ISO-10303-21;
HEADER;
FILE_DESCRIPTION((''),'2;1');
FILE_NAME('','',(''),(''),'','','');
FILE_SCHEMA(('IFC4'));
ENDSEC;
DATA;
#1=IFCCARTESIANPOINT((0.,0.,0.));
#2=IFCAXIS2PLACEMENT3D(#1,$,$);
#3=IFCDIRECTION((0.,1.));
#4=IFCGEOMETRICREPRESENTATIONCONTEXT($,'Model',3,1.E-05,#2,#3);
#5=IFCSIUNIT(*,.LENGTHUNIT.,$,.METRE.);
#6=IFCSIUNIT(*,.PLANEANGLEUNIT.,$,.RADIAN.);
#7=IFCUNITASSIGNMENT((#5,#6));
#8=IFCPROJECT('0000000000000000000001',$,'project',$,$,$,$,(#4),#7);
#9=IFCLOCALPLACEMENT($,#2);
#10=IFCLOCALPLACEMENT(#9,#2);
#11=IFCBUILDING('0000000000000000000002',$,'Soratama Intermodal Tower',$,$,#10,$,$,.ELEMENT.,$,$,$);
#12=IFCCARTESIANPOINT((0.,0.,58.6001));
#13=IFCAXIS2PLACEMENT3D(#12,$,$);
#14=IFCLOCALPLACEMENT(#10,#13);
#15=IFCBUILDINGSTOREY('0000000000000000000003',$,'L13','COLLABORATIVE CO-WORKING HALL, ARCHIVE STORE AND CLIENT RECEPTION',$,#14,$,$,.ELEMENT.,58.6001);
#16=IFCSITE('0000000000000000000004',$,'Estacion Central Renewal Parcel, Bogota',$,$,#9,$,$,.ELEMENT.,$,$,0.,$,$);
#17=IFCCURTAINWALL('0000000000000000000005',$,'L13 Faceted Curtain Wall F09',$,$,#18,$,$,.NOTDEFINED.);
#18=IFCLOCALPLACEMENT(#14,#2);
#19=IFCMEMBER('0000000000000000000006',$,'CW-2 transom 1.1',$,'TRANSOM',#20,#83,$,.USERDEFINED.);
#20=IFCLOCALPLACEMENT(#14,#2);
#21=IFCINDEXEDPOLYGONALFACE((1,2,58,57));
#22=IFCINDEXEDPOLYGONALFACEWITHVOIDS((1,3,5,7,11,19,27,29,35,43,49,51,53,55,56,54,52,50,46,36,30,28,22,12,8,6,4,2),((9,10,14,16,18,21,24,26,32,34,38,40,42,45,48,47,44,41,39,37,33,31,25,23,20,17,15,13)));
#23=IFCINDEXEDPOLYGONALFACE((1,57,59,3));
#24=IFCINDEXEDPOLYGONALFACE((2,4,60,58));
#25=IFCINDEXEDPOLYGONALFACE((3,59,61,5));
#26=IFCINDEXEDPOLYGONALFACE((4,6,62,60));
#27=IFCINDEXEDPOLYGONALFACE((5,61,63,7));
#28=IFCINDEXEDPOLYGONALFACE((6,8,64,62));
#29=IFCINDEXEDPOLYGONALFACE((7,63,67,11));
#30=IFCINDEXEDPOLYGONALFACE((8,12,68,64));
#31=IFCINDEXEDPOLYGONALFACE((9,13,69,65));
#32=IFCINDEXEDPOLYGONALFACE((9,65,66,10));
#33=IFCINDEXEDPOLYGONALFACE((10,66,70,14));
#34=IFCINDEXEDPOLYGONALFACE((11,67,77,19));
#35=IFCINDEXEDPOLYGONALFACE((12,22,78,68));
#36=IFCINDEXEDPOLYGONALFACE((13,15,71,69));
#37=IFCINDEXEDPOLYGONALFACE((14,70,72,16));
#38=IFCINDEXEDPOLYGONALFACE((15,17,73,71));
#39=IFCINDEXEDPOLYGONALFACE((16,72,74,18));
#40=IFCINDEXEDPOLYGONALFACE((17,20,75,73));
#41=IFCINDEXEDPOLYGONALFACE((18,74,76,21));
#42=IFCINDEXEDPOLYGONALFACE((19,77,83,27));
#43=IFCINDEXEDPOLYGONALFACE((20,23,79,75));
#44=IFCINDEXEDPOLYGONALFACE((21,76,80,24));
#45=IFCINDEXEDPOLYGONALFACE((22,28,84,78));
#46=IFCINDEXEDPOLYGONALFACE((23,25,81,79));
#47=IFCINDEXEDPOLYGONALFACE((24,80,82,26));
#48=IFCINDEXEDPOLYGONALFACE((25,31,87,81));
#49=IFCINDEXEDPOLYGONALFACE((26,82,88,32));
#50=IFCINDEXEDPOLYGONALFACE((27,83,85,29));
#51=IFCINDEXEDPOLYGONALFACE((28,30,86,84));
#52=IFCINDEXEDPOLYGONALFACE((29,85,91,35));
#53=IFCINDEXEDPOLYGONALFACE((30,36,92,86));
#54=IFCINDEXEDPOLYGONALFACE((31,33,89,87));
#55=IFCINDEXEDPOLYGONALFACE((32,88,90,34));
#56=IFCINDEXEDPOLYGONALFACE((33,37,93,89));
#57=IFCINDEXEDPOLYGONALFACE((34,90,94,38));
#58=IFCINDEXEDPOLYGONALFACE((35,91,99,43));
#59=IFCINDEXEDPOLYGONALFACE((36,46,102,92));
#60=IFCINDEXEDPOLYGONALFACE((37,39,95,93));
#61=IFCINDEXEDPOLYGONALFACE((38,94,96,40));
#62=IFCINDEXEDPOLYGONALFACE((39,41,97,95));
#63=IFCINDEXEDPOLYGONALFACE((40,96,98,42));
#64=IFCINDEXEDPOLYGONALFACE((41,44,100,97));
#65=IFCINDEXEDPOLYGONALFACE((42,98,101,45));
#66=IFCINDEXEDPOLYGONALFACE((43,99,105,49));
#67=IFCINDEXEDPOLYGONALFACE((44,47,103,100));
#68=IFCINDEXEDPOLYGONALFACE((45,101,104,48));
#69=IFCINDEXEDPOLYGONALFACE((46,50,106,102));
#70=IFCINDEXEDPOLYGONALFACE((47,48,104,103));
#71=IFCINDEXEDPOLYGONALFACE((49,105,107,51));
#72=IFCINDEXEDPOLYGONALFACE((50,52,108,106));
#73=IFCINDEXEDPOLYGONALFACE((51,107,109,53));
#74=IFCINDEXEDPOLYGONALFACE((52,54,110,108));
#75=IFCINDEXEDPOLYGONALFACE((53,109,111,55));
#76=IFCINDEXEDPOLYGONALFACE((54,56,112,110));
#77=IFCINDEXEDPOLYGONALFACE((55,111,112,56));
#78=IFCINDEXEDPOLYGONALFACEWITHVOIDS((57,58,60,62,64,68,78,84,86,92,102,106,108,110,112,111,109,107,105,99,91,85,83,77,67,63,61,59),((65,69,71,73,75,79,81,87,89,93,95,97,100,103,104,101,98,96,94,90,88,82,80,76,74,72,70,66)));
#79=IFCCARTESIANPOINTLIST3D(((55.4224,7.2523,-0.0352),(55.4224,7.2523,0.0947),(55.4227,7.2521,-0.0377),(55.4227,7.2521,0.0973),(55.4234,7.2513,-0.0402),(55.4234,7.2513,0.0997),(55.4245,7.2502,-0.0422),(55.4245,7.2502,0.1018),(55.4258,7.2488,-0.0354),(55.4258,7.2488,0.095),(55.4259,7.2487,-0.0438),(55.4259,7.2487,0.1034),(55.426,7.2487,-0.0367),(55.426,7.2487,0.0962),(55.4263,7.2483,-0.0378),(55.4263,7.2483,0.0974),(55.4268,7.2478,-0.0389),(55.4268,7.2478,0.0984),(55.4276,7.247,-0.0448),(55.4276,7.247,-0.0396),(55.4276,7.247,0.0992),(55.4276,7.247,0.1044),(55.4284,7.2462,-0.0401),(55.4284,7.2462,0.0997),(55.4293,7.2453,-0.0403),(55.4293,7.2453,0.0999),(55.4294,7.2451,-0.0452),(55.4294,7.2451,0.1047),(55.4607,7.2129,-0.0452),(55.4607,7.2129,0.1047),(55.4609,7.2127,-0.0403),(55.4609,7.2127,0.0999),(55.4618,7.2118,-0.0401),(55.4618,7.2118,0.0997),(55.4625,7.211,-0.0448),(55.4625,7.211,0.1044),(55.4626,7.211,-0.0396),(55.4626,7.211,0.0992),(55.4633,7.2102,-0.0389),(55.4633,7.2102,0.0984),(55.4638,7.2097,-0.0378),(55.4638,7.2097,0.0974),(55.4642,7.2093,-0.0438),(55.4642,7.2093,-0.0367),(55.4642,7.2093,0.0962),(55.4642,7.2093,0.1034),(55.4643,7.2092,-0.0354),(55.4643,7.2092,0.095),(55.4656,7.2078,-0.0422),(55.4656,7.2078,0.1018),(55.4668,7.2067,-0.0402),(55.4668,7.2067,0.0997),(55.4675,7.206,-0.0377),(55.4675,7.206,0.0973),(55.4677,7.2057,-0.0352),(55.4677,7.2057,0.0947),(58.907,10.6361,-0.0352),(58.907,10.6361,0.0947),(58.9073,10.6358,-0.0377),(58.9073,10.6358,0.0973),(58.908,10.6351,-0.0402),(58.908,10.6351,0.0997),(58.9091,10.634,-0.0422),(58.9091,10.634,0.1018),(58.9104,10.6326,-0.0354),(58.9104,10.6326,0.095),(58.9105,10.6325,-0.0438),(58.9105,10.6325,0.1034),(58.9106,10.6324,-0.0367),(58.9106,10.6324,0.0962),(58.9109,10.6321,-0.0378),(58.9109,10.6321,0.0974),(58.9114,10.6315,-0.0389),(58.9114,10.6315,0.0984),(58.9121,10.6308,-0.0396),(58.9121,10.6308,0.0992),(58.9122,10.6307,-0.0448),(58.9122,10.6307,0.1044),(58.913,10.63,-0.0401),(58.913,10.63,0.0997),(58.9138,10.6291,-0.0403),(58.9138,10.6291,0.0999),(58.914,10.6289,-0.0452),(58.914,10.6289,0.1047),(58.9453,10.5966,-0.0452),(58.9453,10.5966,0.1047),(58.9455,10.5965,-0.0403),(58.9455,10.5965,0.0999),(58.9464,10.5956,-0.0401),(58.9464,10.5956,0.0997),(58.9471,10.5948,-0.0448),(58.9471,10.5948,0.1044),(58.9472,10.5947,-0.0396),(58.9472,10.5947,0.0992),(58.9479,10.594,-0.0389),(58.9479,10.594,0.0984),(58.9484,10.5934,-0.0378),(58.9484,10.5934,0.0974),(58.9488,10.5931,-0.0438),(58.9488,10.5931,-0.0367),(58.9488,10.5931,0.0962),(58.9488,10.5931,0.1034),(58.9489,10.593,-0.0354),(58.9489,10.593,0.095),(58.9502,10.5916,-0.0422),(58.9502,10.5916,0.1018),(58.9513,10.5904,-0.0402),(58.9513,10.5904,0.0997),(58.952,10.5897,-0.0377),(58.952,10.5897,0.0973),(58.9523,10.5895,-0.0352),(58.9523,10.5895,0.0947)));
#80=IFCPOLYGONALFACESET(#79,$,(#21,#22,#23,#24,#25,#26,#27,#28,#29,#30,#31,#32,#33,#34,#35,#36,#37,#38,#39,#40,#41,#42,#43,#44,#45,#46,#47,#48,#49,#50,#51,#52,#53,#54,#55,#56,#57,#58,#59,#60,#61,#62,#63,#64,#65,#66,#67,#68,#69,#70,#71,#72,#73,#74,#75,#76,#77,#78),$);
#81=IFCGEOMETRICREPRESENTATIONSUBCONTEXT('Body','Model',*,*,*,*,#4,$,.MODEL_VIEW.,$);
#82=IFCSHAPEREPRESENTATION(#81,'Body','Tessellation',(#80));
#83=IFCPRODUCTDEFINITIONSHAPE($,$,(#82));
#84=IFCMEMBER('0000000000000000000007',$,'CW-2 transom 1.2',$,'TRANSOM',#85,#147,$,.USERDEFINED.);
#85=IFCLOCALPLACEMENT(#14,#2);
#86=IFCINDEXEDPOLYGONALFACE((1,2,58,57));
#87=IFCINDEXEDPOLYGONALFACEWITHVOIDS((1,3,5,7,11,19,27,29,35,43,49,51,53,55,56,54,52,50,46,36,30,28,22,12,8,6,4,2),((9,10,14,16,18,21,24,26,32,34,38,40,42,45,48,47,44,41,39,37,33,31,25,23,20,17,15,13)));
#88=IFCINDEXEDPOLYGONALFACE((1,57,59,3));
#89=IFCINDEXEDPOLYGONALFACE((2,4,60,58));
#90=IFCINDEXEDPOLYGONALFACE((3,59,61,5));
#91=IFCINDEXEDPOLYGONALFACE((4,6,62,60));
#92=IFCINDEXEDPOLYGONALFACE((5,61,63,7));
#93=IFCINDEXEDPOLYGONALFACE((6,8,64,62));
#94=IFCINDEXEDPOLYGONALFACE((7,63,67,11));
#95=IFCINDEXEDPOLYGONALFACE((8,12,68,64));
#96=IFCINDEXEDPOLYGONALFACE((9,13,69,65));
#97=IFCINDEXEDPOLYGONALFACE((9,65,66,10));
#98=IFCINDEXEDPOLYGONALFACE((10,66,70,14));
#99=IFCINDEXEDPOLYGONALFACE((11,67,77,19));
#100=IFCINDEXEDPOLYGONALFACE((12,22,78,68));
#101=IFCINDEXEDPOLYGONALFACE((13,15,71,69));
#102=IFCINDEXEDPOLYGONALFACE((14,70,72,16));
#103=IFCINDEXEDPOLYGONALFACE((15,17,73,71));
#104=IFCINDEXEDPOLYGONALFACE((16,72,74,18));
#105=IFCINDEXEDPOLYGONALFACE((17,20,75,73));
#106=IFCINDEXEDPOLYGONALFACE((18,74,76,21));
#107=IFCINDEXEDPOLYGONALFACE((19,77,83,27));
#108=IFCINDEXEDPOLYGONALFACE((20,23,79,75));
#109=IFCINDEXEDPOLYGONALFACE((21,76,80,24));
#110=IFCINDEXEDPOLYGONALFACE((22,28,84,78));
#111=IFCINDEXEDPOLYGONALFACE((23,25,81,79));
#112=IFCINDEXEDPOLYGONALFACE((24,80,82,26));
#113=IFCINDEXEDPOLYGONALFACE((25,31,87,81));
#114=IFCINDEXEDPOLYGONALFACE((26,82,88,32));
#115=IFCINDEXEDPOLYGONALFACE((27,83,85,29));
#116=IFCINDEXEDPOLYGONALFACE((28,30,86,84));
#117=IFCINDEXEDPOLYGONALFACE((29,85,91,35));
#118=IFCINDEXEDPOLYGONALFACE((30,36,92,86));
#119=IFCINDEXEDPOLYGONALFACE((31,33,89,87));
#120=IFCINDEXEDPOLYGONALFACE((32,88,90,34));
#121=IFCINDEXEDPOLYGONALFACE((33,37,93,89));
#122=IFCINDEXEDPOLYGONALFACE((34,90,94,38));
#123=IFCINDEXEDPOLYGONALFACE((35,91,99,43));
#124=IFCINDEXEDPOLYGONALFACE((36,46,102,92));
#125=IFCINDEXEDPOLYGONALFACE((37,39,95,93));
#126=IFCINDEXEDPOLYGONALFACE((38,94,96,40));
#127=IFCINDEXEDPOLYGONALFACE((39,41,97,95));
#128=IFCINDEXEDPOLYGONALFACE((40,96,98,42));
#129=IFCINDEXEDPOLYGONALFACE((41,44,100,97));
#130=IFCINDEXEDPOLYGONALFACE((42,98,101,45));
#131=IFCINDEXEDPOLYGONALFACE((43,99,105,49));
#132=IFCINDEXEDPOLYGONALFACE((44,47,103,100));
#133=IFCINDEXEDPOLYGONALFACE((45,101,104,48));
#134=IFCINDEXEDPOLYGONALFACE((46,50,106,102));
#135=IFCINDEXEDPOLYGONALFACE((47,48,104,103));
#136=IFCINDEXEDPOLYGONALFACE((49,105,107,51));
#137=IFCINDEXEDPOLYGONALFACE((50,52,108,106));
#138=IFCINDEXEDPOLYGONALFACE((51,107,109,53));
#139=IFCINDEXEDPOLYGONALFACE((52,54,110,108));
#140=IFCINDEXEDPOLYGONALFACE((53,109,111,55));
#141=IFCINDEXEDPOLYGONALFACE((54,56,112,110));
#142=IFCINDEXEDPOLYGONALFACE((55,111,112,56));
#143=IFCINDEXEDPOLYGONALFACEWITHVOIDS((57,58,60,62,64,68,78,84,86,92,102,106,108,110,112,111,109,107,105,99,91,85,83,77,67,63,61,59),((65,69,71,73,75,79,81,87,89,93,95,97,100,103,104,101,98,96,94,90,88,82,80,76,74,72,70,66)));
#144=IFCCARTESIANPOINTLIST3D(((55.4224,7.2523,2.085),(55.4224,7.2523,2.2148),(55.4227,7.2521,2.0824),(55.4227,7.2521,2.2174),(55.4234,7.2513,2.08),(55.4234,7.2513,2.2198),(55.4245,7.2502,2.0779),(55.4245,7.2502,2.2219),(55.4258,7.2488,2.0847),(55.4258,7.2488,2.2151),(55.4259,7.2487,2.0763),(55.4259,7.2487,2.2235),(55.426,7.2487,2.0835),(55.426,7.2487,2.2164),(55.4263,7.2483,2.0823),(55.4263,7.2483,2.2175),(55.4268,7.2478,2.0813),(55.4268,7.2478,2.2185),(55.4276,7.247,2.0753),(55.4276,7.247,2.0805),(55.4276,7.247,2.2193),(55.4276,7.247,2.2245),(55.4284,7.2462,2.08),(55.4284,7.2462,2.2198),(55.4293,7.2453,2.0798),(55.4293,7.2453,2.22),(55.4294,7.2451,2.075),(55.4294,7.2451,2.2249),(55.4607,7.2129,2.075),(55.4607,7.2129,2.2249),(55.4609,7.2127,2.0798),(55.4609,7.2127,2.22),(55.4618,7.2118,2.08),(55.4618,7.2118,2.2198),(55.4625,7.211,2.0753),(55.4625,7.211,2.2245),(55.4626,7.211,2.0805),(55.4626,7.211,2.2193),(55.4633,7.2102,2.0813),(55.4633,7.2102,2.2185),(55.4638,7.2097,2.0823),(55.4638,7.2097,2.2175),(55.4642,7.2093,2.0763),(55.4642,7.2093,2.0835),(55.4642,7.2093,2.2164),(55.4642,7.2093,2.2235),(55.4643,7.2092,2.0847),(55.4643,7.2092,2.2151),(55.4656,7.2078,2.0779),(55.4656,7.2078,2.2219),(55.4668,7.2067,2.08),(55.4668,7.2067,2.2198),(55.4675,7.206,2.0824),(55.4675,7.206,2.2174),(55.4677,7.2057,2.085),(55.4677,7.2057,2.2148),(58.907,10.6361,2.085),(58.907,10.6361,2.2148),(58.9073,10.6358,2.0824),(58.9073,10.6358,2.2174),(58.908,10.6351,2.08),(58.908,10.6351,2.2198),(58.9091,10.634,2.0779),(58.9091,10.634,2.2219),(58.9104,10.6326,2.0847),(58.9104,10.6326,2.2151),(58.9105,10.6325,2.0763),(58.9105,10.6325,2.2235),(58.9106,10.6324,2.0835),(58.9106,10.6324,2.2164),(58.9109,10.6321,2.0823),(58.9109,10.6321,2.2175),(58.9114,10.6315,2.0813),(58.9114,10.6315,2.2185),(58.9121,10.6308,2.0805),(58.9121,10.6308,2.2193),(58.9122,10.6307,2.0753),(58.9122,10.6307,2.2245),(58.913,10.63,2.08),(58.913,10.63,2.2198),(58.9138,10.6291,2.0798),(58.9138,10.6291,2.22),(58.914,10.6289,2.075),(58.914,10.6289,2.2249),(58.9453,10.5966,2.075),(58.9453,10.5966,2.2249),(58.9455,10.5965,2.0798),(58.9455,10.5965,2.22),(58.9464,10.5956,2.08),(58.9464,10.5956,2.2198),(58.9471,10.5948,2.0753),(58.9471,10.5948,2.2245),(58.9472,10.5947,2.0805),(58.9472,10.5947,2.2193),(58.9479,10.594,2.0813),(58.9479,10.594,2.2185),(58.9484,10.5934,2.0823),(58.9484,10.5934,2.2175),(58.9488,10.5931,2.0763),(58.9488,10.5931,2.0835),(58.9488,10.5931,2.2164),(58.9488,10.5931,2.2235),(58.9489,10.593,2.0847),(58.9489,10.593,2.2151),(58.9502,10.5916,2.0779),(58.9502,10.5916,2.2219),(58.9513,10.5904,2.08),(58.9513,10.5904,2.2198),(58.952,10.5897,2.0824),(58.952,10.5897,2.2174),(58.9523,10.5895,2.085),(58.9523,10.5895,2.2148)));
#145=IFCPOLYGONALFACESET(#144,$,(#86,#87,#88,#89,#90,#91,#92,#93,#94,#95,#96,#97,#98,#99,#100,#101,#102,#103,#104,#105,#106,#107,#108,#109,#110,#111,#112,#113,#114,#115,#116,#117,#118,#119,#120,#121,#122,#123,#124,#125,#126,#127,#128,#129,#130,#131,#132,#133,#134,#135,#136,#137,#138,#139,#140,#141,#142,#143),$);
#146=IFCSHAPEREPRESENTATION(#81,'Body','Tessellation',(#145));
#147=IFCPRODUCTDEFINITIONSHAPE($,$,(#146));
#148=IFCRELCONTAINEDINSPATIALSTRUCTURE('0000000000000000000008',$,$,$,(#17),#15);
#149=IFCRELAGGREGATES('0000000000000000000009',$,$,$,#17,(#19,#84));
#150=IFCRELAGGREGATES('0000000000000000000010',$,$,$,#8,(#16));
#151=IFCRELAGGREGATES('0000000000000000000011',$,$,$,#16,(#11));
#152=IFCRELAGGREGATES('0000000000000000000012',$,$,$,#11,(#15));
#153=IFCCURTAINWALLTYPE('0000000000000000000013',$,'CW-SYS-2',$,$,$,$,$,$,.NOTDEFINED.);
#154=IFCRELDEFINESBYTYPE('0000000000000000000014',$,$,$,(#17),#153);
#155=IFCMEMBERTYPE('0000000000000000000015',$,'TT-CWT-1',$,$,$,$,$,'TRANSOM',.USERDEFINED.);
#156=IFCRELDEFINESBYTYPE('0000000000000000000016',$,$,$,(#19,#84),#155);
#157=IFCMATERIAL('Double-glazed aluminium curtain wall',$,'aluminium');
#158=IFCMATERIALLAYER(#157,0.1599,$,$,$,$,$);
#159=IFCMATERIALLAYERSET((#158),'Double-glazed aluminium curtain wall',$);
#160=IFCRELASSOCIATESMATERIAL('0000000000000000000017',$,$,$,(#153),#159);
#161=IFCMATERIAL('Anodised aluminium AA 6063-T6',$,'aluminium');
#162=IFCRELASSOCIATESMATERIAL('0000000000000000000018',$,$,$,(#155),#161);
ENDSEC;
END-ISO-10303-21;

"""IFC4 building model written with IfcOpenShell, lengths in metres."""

from ifc_helpers import new_model, si_unit, direction, frame, origin, origin_2d, place, context, subcontext, project, spatial, hollow_rectangle, extrude, material, layer, layer_set, material_profile, profile_set, type_object, element, aggregate, save


model = new_model("IFC4")

# Units and contexts
model_context = context("Model", 3, precision=1e-05, world=origin(), true_north=direction((0.0, 1.0)))
body_context = subcontext(model_context, "Body", "Model", "MODEL_VIEW")
ifc_project = project(units=[si_unit("LENGTHUNIT", "METRE"), si_unit("PLANEANGLEUNIT", "RADIAN")], contexts=[model_context])

# Site, building, storey
site_placement = place(None, origin())
site = spatial("IfcSite", under=ifc_project, at=site_placement, Name="Estacion Central Renewal Parcel, Bogota", CompositionType="ELEMENT", RefElevation=0.0)
building_placement = place(site_placement, origin())
building = spatial("IfcBuilding", under=site, at=building_placement, Name="Soratama Intermodal Tower", CompositionType="ELEMENT")
storey_placement = place(building_placement, frame((0.0, 0.0, 58.6001)))
storey = spatial("IfcBuildingStorey", under=building, at=storey_placement, Name="L13", Description="COLLABORATIVE CO-WORKING HALL, ARCHIVE STORE AND CLIENT RECEPTION", CompositionType="ELEMENT", Elevation=58.6001)

# Curtain wall, members
ifc_material_1 = material(Name="Double-glazed aluminium curtain wall", Category="aluminium")
ifc_layer_1 = layer(ifc_material_1, 0.1599)
ifc_layer_set_1 = layer_set([ifc_layer_1], Name="Double-glazed aluminium curtain wall")
curtain_wall_type = type_object("IfcCurtainWallType", Name="CW-SYS-2", PredefinedType="NOTDEFINED", material=ifc_layer_set_1)
curtain_wall_placement = place(storey_placement, origin())
curtain_wall = element("IfcCurtainWall", 1, at=curtain_wall_placement, inside=storey, type_object=curtain_wall_type, Name="L13 Faceted Curtain Wall F09", PredefinedType="NOTDEFINED")
ifc_material_2 = material(Name="Anodised aluminium AA 6063-T6", Category="aluminium")
ifc_material_profile_1 = material_profile(ifc_material_2, hollow_rectangle(XDim=0.0649, YDim=0.1499, WallThickness=0.0049, InnerFilletRadius=0.0049, OuterFilletRadius=0.01, at=origin_2d()), Name="CWT150X65X5")
ifc_profile_set_1 = profile_set([ifc_material_profile_1], Name="Anodised aluminium AA 6063-T6")
member_type_1 = type_object("IfcMemberType", Name="TT-CWT-1", ElementType="TRANSOM", PredefinedType="USERDEFINED", material=ifc_profile_set_1)
member_1_placement = place(storey_placement, frame((55.4451, 7.229, 0.0298), z_axis=(0.71741, 0.696651, 0.0), x_axis=(-0.696651, 0.71741, 0.0)))
member_1 = element("IfcMember", 2, at=member_1_placement, type_object=member_type_1, Name="CW-2 transom 1.1", ObjectType="TRANSOM", PredefinedType="USERDEFINED", context=body_context, shape_type="SweptSolid", body=[
    extrude(hollow_rectangle(XDim=0.0649, YDim=0.1499, WallThickness=0.0049, InnerFilletRadius=0.0049, OuterFilletRadius=0.01, at=origin_2d()), origin(), (0.0, 0.0, 1.0), 4.8572),
])
member_2_placement = place(storey_placement, frame((55.4451, 7.229, 2.1499), z_axis=(0.71741, 0.696651, 0.0), x_axis=(-0.696651, 0.71741, 0.0)))
member_2 = element("IfcMember", 3, at=member_2_placement, type_object=member_type_1, Name="CW-2 transom 1.2", ObjectType="TRANSOM", PredefinedType="USERDEFINED", context=body_context, shape_type="SweptSolid", body=[
    extrude(hollow_rectangle(XDim=0.0649, YDim=0.1499, WallThickness=0.0049, InnerFilletRadius=0.0049, OuterFilletRadius=0.01, at=origin_2d()), origin(), (0.0, 0.0, 1.0), 4.8572),
])
aggregate(curtain_wall, [member_1, member_2])

save(model, "model.ifc")
